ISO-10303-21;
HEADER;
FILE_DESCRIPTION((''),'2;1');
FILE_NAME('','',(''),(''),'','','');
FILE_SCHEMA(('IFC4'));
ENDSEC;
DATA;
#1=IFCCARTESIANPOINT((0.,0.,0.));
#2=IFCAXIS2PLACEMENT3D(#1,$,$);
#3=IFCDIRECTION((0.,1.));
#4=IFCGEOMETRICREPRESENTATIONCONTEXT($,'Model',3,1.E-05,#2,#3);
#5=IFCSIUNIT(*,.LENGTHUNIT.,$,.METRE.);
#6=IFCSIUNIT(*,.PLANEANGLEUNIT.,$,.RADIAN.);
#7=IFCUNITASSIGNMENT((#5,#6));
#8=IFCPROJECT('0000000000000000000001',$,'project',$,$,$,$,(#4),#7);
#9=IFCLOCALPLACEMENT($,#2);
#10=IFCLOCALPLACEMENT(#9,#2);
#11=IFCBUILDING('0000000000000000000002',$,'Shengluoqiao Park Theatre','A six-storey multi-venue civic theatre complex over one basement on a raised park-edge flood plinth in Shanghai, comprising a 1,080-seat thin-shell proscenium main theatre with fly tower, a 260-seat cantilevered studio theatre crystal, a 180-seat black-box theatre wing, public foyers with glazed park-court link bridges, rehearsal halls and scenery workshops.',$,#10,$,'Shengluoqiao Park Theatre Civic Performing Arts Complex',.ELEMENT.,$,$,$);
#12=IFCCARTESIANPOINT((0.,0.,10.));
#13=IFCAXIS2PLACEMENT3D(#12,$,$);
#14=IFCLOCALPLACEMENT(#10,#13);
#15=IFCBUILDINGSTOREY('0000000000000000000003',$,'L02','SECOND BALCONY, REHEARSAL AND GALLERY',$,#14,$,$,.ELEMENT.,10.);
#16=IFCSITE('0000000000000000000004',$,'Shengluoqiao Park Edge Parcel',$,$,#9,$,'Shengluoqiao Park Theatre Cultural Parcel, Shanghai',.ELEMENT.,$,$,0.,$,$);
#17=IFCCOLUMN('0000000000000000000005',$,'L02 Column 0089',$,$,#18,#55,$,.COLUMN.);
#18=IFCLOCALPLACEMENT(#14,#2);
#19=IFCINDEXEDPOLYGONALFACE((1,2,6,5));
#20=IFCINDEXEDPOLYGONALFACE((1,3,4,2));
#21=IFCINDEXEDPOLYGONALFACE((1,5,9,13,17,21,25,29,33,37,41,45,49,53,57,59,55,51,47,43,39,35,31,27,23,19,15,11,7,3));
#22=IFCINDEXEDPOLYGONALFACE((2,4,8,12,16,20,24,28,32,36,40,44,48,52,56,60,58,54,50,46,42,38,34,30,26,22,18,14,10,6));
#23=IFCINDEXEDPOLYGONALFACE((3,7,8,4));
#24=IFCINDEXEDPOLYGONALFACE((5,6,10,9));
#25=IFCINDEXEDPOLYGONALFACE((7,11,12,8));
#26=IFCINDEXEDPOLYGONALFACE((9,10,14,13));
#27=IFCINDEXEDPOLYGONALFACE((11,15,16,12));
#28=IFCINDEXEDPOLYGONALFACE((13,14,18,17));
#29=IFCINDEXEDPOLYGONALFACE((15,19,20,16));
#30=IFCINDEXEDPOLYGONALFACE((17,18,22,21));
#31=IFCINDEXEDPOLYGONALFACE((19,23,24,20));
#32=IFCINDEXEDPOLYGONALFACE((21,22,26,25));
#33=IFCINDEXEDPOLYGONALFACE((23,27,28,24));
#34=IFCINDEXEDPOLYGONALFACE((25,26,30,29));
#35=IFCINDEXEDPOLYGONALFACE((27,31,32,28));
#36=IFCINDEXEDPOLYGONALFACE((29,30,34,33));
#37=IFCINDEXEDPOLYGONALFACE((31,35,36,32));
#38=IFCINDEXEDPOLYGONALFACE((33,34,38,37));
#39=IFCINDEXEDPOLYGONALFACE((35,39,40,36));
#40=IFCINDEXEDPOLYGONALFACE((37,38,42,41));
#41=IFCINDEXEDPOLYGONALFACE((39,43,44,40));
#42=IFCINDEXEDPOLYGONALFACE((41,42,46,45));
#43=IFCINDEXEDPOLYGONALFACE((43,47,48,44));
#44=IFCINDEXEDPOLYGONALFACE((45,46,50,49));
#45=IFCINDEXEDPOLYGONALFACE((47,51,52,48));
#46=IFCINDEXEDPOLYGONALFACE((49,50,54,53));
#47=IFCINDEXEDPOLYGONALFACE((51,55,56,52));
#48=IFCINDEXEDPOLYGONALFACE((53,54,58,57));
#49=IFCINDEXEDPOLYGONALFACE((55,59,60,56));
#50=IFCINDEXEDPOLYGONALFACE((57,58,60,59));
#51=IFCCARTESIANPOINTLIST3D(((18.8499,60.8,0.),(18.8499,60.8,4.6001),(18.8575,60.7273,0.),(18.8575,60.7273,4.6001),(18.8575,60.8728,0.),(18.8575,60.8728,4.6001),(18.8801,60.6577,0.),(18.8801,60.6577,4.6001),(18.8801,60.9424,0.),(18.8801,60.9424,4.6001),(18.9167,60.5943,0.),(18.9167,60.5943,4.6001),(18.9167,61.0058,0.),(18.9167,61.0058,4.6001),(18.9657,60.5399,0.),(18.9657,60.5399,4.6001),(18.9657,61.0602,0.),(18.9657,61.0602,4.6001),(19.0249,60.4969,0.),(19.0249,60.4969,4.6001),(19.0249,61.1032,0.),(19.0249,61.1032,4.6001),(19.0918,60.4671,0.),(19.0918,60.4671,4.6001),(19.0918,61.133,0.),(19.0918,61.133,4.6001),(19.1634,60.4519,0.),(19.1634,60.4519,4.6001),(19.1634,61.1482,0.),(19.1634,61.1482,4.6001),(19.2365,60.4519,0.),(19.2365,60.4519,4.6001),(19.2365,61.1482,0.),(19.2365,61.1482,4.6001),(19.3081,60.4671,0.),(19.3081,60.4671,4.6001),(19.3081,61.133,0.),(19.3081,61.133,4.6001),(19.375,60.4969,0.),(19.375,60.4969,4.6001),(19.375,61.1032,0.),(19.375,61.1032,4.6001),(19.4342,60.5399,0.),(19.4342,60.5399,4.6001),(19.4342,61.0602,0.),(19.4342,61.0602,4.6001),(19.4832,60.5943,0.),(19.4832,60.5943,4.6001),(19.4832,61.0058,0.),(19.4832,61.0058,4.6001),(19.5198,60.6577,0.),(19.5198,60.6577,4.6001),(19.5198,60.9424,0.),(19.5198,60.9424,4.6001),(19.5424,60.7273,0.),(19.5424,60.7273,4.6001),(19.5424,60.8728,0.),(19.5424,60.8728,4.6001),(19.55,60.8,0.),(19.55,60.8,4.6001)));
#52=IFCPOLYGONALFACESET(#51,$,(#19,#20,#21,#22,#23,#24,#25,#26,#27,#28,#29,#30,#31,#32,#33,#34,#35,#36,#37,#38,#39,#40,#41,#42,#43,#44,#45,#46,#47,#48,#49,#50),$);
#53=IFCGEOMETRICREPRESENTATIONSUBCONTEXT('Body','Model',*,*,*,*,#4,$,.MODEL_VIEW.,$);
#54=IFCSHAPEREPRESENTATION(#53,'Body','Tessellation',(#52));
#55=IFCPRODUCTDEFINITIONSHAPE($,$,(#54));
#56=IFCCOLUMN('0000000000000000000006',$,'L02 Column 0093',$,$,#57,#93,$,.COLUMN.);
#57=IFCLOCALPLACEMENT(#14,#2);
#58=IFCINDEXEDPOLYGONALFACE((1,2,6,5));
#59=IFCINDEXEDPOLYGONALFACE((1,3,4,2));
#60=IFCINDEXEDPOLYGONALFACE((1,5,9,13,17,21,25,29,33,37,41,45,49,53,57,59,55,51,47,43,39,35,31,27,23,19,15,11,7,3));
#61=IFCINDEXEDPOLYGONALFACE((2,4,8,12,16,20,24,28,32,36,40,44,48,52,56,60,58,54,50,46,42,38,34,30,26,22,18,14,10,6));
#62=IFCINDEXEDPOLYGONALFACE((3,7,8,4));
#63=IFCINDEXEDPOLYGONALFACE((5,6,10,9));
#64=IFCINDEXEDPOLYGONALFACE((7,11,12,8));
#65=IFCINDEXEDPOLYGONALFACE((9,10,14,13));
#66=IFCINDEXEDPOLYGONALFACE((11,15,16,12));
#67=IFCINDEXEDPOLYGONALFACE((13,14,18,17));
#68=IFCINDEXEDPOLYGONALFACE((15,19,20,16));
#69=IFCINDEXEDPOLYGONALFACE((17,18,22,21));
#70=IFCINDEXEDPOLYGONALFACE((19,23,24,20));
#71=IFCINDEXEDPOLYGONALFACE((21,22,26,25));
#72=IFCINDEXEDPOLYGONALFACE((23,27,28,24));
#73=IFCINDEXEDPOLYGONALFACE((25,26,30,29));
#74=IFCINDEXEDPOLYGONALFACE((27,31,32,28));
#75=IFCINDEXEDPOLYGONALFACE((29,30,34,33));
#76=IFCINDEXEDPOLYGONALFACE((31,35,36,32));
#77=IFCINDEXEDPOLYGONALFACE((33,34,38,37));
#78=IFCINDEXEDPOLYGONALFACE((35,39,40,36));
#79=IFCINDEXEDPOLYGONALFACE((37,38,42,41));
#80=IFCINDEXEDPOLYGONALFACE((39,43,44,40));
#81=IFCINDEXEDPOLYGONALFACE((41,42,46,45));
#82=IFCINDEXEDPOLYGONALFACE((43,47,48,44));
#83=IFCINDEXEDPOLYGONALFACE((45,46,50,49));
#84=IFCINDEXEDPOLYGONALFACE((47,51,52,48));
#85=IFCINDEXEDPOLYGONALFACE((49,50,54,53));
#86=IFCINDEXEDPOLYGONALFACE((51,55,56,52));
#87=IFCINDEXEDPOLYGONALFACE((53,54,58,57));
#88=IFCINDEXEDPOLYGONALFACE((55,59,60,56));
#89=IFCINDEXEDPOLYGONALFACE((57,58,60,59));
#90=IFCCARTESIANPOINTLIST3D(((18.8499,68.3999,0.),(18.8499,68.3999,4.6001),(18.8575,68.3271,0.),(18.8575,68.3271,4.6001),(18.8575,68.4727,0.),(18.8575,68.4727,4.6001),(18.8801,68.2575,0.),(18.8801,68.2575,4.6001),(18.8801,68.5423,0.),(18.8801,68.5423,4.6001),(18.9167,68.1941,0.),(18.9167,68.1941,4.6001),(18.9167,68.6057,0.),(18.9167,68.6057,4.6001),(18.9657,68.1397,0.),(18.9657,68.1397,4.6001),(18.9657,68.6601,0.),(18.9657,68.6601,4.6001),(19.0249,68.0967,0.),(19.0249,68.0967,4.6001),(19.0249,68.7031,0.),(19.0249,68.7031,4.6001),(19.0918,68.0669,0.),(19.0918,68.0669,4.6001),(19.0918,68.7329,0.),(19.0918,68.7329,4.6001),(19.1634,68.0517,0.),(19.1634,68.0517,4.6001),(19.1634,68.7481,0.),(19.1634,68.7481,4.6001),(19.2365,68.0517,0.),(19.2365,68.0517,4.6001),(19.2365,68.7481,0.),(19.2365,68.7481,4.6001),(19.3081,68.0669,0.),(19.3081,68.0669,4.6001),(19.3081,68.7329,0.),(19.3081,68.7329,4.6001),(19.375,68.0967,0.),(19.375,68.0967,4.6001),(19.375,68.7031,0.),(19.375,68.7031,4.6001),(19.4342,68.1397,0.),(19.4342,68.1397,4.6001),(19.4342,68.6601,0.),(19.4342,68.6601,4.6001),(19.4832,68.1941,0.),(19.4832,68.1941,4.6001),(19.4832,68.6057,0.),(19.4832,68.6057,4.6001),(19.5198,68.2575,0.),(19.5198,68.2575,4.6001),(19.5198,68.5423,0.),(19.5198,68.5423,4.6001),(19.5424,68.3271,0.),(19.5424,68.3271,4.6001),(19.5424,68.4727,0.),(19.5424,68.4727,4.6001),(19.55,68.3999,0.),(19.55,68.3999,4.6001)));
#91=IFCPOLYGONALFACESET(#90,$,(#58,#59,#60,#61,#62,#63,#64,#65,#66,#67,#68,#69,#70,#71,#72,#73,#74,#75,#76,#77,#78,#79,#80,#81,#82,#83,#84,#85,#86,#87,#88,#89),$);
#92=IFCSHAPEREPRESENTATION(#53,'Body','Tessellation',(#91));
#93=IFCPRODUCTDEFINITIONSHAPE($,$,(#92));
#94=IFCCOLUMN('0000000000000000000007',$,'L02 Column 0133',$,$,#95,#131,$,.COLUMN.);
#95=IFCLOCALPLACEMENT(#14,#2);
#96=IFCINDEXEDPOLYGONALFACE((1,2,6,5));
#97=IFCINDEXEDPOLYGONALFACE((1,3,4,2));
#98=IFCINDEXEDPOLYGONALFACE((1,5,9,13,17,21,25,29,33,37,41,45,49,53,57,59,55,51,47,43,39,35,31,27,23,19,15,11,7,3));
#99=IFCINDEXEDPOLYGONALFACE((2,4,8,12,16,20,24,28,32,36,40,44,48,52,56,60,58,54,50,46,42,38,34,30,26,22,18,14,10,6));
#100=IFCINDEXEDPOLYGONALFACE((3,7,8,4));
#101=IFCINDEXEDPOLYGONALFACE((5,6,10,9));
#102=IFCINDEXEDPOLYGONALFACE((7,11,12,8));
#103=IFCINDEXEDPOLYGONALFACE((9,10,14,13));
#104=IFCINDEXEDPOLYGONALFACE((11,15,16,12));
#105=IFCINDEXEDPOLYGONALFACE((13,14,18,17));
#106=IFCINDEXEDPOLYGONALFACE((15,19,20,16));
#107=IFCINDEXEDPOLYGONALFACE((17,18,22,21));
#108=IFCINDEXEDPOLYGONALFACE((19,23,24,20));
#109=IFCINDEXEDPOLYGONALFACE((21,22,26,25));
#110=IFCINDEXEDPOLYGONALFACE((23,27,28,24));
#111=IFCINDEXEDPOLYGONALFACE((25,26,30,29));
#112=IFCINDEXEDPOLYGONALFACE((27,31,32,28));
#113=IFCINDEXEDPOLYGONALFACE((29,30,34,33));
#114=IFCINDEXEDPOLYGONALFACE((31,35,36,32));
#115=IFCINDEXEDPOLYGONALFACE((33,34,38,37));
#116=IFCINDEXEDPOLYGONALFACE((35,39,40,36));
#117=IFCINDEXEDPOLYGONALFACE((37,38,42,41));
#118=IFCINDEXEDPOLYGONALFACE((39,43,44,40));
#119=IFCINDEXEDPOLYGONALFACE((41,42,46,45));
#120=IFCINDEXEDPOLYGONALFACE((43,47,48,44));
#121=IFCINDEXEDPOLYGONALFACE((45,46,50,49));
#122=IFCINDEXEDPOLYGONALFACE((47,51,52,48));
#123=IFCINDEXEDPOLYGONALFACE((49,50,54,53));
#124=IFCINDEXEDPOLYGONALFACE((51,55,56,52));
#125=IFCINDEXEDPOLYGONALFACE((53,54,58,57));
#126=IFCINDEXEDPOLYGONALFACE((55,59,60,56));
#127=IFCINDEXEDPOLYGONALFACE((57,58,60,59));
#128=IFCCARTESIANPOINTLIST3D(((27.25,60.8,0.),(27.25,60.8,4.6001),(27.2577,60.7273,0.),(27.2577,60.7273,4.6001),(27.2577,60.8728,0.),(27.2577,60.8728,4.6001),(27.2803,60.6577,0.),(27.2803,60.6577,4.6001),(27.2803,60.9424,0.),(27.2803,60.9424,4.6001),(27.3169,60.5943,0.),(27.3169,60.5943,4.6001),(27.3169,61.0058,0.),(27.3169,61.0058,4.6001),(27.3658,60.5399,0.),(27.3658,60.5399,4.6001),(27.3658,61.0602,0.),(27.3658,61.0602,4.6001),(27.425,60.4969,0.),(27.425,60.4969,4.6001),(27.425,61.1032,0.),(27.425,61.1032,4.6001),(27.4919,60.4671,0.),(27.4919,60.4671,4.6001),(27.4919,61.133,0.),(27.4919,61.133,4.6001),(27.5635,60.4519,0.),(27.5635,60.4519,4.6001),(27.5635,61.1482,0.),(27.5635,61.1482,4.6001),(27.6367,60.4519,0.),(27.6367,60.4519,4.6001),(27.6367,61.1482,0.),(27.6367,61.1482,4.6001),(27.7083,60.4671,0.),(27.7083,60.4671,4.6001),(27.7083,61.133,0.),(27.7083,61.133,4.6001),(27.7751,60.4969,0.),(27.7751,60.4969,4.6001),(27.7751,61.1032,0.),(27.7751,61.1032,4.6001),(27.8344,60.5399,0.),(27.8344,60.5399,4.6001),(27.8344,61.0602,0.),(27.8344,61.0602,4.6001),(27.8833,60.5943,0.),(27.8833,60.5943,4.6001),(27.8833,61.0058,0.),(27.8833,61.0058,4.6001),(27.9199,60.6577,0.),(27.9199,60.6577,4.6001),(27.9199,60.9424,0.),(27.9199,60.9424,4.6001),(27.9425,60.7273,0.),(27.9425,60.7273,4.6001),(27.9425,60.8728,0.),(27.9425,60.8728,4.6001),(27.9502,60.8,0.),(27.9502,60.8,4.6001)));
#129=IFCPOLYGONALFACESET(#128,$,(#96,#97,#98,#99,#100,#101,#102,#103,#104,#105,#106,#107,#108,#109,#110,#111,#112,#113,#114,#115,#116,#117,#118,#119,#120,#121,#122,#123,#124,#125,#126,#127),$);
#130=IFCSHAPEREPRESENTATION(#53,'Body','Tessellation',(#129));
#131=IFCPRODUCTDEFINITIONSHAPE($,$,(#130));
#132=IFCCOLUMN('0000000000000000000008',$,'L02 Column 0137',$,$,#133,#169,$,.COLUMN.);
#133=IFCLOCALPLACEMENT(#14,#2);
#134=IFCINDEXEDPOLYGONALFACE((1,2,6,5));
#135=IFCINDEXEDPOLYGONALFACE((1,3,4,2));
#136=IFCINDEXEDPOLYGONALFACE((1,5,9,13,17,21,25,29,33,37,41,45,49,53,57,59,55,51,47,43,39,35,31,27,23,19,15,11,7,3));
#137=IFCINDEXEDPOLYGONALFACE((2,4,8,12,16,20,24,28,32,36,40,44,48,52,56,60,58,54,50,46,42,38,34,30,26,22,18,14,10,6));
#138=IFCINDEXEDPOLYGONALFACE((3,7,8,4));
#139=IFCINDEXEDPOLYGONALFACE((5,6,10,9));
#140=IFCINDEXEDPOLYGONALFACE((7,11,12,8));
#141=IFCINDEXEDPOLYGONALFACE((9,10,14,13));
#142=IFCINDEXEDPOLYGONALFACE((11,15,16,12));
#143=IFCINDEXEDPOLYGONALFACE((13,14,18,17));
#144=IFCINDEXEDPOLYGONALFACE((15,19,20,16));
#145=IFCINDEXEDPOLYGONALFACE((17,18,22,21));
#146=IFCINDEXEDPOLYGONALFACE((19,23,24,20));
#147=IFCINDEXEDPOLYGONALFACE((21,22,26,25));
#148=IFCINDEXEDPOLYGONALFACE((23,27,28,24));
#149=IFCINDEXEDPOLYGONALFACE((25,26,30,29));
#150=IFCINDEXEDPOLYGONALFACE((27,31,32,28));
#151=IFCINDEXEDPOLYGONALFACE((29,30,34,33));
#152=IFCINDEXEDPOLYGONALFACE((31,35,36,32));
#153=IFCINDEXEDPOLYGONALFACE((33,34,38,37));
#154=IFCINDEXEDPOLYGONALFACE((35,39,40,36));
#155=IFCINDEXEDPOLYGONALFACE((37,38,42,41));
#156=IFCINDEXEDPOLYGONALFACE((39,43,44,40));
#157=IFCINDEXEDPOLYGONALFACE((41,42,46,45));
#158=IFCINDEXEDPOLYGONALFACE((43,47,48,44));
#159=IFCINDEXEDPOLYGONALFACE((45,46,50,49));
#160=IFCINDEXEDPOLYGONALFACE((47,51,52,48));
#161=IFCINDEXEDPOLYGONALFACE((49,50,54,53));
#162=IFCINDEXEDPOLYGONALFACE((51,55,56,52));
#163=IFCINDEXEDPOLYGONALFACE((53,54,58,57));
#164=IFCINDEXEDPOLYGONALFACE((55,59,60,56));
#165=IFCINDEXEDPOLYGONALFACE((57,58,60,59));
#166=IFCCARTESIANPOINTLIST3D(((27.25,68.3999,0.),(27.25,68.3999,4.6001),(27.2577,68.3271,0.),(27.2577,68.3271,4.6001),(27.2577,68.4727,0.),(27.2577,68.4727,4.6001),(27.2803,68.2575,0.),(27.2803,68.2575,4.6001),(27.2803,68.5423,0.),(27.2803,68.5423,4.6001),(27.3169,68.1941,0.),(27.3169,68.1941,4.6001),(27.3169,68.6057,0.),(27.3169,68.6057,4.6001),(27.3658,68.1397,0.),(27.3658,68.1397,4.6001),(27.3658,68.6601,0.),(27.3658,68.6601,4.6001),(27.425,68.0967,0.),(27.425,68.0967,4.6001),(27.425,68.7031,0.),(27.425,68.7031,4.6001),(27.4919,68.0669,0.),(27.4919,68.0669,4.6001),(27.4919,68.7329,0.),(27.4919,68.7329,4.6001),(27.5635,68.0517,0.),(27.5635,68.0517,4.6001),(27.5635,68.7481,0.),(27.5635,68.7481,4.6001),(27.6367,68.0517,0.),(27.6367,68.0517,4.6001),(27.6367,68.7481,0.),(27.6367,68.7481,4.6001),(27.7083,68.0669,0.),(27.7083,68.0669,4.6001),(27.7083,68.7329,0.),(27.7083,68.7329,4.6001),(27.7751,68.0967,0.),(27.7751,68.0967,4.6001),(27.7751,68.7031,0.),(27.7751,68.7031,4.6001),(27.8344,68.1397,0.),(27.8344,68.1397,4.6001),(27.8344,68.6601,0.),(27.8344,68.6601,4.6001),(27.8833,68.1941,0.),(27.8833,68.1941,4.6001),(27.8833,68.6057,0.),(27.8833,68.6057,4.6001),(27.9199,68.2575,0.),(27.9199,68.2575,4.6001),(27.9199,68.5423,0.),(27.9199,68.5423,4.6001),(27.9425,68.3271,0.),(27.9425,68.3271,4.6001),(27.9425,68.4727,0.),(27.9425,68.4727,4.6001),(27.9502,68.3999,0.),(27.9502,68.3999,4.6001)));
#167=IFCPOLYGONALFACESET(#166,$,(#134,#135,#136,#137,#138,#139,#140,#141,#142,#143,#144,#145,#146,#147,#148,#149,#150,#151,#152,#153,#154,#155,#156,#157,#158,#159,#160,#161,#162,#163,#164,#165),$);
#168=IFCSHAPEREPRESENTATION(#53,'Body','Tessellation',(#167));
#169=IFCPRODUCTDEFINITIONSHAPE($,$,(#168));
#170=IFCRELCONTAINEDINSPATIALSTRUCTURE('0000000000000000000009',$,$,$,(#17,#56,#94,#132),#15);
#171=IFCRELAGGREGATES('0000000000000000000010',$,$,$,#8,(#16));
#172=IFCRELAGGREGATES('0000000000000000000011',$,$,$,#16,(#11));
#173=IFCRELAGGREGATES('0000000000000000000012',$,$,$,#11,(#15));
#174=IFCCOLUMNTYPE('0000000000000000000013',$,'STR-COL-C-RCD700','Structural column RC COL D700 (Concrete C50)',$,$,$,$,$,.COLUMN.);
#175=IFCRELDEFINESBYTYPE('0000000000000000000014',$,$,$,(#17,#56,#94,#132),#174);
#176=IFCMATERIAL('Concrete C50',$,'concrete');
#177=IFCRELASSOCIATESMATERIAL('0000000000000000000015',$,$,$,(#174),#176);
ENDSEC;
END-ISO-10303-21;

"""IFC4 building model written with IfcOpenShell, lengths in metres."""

from ifc_helpers import new_model, si_unit, direction, frame, origin, origin_2d, place, context, subcontext, project, spatial, circle, extrude, material, material_profile, profile_set, type_object, element, save


model = new_model("IFC4")

# Units and contexts
model_context = context("Model", 3, precision=1e-05, world=origin(), true_north=direction((0.0, 1.0)))
body_context = subcontext(model_context, "Body", "Model", "MODEL_VIEW")
ifc_project = project(units=[si_unit("LENGTHUNIT", "METRE"), si_unit("PLANEANGLEUNIT", "RADIAN")], contexts=[model_context])

# Site, building, storey
site_placement = place(None, origin())
site = spatial("IfcSite", under=ifc_project, at=site_placement, Name="Shengluoqiao Park Edge Parcel", LongName="Shengluoqiao Park Theatre Cultural Parcel, Shanghai", CompositionType="ELEMENT", RefElevation=0.0)
building_placement = place(site_placement, origin())
building = spatial("IfcBuilding", under=site, at=building_placement, Name="Shengluoqiao Park Theatre", Description="A six-storey multi-venue civic theatre complex over one basement on a raised park-edge flood plinth in Shanghai, comprising a 1,080-seat thin-shell proscenium main theatre with fly tower, a 260-seat cantilevered studio theatre crystal, a 180-seat black-box theatre wing, public foyers with glazed park-court link bridges, rehearsal halls and scenery workshops.", LongName="Shengluoqiao Park Theatre Civic Performing Arts Complex", CompositionType="ELEMENT")
storey_placement = place(building_placement, frame((0.0, 0.0, 10.0)))
storey = spatial("IfcBuildingStorey", under=building, at=storey_placement, Name="L02", Description="SECOND BALCONY, REHEARSAL AND GALLERY", CompositionType="ELEMENT", Elevation=10.0)

# Columns
ifc_material_1 = material(Name="Concrete C50", Category="concrete")
ifc_material_profile_1 = material_profile(ifc_material_1, circle(Radius=0.3501, at=origin_2d()), Name="RC COL D700")
ifc_profile_set_1 = profile_set([ifc_material_profile_1], Name="Concrete C50")
column_type = type_object("IfcColumnType", Name="STR-COL-C-RCD700", Description="Structural column RC COL D700 (Concrete C50)", PredefinedType="COLUMN", material=ifc_profile_set_1)
for number, where, z_axis, x_axis, name in (
    (1, (19.2, 60.8, 0.0), (0.0, 0.0, 1.0), (1.0, 0.0, 0.0), "L02 Column 0089"),
    (2, (19.2, 68.3999, 0.0), (0.0, 0.0, 1.0), (1.0, 0.0, 0.0), "L02 Column 0093"),
    (3, (27.6001, 60.8, 0.0), (0.0, 0.0, 1.0), (1.0, 0.0, 0.0), "L02 Column 0133"),
    (4, (27.6001, 68.3999, 0.0), (0.0, 0.0, 1.0), (1.0, 0.0, 0.0), "L02 Column 0137"),
):
    element("IfcColumn", number, at=place(storey_placement, frame(where, z_axis=z_axis, x_axis=x_axis)), inside=storey, type_object=column_type, Name=name, PredefinedType="COLUMN", context=body_context, shape_type="SweptSolid", body=[
        extrude(circle(Radius=0.3501, at=origin_2d()), origin(), (0.0, 0.0, 1.0), 4.6001),
    ])

save(model, "model.ifc")
